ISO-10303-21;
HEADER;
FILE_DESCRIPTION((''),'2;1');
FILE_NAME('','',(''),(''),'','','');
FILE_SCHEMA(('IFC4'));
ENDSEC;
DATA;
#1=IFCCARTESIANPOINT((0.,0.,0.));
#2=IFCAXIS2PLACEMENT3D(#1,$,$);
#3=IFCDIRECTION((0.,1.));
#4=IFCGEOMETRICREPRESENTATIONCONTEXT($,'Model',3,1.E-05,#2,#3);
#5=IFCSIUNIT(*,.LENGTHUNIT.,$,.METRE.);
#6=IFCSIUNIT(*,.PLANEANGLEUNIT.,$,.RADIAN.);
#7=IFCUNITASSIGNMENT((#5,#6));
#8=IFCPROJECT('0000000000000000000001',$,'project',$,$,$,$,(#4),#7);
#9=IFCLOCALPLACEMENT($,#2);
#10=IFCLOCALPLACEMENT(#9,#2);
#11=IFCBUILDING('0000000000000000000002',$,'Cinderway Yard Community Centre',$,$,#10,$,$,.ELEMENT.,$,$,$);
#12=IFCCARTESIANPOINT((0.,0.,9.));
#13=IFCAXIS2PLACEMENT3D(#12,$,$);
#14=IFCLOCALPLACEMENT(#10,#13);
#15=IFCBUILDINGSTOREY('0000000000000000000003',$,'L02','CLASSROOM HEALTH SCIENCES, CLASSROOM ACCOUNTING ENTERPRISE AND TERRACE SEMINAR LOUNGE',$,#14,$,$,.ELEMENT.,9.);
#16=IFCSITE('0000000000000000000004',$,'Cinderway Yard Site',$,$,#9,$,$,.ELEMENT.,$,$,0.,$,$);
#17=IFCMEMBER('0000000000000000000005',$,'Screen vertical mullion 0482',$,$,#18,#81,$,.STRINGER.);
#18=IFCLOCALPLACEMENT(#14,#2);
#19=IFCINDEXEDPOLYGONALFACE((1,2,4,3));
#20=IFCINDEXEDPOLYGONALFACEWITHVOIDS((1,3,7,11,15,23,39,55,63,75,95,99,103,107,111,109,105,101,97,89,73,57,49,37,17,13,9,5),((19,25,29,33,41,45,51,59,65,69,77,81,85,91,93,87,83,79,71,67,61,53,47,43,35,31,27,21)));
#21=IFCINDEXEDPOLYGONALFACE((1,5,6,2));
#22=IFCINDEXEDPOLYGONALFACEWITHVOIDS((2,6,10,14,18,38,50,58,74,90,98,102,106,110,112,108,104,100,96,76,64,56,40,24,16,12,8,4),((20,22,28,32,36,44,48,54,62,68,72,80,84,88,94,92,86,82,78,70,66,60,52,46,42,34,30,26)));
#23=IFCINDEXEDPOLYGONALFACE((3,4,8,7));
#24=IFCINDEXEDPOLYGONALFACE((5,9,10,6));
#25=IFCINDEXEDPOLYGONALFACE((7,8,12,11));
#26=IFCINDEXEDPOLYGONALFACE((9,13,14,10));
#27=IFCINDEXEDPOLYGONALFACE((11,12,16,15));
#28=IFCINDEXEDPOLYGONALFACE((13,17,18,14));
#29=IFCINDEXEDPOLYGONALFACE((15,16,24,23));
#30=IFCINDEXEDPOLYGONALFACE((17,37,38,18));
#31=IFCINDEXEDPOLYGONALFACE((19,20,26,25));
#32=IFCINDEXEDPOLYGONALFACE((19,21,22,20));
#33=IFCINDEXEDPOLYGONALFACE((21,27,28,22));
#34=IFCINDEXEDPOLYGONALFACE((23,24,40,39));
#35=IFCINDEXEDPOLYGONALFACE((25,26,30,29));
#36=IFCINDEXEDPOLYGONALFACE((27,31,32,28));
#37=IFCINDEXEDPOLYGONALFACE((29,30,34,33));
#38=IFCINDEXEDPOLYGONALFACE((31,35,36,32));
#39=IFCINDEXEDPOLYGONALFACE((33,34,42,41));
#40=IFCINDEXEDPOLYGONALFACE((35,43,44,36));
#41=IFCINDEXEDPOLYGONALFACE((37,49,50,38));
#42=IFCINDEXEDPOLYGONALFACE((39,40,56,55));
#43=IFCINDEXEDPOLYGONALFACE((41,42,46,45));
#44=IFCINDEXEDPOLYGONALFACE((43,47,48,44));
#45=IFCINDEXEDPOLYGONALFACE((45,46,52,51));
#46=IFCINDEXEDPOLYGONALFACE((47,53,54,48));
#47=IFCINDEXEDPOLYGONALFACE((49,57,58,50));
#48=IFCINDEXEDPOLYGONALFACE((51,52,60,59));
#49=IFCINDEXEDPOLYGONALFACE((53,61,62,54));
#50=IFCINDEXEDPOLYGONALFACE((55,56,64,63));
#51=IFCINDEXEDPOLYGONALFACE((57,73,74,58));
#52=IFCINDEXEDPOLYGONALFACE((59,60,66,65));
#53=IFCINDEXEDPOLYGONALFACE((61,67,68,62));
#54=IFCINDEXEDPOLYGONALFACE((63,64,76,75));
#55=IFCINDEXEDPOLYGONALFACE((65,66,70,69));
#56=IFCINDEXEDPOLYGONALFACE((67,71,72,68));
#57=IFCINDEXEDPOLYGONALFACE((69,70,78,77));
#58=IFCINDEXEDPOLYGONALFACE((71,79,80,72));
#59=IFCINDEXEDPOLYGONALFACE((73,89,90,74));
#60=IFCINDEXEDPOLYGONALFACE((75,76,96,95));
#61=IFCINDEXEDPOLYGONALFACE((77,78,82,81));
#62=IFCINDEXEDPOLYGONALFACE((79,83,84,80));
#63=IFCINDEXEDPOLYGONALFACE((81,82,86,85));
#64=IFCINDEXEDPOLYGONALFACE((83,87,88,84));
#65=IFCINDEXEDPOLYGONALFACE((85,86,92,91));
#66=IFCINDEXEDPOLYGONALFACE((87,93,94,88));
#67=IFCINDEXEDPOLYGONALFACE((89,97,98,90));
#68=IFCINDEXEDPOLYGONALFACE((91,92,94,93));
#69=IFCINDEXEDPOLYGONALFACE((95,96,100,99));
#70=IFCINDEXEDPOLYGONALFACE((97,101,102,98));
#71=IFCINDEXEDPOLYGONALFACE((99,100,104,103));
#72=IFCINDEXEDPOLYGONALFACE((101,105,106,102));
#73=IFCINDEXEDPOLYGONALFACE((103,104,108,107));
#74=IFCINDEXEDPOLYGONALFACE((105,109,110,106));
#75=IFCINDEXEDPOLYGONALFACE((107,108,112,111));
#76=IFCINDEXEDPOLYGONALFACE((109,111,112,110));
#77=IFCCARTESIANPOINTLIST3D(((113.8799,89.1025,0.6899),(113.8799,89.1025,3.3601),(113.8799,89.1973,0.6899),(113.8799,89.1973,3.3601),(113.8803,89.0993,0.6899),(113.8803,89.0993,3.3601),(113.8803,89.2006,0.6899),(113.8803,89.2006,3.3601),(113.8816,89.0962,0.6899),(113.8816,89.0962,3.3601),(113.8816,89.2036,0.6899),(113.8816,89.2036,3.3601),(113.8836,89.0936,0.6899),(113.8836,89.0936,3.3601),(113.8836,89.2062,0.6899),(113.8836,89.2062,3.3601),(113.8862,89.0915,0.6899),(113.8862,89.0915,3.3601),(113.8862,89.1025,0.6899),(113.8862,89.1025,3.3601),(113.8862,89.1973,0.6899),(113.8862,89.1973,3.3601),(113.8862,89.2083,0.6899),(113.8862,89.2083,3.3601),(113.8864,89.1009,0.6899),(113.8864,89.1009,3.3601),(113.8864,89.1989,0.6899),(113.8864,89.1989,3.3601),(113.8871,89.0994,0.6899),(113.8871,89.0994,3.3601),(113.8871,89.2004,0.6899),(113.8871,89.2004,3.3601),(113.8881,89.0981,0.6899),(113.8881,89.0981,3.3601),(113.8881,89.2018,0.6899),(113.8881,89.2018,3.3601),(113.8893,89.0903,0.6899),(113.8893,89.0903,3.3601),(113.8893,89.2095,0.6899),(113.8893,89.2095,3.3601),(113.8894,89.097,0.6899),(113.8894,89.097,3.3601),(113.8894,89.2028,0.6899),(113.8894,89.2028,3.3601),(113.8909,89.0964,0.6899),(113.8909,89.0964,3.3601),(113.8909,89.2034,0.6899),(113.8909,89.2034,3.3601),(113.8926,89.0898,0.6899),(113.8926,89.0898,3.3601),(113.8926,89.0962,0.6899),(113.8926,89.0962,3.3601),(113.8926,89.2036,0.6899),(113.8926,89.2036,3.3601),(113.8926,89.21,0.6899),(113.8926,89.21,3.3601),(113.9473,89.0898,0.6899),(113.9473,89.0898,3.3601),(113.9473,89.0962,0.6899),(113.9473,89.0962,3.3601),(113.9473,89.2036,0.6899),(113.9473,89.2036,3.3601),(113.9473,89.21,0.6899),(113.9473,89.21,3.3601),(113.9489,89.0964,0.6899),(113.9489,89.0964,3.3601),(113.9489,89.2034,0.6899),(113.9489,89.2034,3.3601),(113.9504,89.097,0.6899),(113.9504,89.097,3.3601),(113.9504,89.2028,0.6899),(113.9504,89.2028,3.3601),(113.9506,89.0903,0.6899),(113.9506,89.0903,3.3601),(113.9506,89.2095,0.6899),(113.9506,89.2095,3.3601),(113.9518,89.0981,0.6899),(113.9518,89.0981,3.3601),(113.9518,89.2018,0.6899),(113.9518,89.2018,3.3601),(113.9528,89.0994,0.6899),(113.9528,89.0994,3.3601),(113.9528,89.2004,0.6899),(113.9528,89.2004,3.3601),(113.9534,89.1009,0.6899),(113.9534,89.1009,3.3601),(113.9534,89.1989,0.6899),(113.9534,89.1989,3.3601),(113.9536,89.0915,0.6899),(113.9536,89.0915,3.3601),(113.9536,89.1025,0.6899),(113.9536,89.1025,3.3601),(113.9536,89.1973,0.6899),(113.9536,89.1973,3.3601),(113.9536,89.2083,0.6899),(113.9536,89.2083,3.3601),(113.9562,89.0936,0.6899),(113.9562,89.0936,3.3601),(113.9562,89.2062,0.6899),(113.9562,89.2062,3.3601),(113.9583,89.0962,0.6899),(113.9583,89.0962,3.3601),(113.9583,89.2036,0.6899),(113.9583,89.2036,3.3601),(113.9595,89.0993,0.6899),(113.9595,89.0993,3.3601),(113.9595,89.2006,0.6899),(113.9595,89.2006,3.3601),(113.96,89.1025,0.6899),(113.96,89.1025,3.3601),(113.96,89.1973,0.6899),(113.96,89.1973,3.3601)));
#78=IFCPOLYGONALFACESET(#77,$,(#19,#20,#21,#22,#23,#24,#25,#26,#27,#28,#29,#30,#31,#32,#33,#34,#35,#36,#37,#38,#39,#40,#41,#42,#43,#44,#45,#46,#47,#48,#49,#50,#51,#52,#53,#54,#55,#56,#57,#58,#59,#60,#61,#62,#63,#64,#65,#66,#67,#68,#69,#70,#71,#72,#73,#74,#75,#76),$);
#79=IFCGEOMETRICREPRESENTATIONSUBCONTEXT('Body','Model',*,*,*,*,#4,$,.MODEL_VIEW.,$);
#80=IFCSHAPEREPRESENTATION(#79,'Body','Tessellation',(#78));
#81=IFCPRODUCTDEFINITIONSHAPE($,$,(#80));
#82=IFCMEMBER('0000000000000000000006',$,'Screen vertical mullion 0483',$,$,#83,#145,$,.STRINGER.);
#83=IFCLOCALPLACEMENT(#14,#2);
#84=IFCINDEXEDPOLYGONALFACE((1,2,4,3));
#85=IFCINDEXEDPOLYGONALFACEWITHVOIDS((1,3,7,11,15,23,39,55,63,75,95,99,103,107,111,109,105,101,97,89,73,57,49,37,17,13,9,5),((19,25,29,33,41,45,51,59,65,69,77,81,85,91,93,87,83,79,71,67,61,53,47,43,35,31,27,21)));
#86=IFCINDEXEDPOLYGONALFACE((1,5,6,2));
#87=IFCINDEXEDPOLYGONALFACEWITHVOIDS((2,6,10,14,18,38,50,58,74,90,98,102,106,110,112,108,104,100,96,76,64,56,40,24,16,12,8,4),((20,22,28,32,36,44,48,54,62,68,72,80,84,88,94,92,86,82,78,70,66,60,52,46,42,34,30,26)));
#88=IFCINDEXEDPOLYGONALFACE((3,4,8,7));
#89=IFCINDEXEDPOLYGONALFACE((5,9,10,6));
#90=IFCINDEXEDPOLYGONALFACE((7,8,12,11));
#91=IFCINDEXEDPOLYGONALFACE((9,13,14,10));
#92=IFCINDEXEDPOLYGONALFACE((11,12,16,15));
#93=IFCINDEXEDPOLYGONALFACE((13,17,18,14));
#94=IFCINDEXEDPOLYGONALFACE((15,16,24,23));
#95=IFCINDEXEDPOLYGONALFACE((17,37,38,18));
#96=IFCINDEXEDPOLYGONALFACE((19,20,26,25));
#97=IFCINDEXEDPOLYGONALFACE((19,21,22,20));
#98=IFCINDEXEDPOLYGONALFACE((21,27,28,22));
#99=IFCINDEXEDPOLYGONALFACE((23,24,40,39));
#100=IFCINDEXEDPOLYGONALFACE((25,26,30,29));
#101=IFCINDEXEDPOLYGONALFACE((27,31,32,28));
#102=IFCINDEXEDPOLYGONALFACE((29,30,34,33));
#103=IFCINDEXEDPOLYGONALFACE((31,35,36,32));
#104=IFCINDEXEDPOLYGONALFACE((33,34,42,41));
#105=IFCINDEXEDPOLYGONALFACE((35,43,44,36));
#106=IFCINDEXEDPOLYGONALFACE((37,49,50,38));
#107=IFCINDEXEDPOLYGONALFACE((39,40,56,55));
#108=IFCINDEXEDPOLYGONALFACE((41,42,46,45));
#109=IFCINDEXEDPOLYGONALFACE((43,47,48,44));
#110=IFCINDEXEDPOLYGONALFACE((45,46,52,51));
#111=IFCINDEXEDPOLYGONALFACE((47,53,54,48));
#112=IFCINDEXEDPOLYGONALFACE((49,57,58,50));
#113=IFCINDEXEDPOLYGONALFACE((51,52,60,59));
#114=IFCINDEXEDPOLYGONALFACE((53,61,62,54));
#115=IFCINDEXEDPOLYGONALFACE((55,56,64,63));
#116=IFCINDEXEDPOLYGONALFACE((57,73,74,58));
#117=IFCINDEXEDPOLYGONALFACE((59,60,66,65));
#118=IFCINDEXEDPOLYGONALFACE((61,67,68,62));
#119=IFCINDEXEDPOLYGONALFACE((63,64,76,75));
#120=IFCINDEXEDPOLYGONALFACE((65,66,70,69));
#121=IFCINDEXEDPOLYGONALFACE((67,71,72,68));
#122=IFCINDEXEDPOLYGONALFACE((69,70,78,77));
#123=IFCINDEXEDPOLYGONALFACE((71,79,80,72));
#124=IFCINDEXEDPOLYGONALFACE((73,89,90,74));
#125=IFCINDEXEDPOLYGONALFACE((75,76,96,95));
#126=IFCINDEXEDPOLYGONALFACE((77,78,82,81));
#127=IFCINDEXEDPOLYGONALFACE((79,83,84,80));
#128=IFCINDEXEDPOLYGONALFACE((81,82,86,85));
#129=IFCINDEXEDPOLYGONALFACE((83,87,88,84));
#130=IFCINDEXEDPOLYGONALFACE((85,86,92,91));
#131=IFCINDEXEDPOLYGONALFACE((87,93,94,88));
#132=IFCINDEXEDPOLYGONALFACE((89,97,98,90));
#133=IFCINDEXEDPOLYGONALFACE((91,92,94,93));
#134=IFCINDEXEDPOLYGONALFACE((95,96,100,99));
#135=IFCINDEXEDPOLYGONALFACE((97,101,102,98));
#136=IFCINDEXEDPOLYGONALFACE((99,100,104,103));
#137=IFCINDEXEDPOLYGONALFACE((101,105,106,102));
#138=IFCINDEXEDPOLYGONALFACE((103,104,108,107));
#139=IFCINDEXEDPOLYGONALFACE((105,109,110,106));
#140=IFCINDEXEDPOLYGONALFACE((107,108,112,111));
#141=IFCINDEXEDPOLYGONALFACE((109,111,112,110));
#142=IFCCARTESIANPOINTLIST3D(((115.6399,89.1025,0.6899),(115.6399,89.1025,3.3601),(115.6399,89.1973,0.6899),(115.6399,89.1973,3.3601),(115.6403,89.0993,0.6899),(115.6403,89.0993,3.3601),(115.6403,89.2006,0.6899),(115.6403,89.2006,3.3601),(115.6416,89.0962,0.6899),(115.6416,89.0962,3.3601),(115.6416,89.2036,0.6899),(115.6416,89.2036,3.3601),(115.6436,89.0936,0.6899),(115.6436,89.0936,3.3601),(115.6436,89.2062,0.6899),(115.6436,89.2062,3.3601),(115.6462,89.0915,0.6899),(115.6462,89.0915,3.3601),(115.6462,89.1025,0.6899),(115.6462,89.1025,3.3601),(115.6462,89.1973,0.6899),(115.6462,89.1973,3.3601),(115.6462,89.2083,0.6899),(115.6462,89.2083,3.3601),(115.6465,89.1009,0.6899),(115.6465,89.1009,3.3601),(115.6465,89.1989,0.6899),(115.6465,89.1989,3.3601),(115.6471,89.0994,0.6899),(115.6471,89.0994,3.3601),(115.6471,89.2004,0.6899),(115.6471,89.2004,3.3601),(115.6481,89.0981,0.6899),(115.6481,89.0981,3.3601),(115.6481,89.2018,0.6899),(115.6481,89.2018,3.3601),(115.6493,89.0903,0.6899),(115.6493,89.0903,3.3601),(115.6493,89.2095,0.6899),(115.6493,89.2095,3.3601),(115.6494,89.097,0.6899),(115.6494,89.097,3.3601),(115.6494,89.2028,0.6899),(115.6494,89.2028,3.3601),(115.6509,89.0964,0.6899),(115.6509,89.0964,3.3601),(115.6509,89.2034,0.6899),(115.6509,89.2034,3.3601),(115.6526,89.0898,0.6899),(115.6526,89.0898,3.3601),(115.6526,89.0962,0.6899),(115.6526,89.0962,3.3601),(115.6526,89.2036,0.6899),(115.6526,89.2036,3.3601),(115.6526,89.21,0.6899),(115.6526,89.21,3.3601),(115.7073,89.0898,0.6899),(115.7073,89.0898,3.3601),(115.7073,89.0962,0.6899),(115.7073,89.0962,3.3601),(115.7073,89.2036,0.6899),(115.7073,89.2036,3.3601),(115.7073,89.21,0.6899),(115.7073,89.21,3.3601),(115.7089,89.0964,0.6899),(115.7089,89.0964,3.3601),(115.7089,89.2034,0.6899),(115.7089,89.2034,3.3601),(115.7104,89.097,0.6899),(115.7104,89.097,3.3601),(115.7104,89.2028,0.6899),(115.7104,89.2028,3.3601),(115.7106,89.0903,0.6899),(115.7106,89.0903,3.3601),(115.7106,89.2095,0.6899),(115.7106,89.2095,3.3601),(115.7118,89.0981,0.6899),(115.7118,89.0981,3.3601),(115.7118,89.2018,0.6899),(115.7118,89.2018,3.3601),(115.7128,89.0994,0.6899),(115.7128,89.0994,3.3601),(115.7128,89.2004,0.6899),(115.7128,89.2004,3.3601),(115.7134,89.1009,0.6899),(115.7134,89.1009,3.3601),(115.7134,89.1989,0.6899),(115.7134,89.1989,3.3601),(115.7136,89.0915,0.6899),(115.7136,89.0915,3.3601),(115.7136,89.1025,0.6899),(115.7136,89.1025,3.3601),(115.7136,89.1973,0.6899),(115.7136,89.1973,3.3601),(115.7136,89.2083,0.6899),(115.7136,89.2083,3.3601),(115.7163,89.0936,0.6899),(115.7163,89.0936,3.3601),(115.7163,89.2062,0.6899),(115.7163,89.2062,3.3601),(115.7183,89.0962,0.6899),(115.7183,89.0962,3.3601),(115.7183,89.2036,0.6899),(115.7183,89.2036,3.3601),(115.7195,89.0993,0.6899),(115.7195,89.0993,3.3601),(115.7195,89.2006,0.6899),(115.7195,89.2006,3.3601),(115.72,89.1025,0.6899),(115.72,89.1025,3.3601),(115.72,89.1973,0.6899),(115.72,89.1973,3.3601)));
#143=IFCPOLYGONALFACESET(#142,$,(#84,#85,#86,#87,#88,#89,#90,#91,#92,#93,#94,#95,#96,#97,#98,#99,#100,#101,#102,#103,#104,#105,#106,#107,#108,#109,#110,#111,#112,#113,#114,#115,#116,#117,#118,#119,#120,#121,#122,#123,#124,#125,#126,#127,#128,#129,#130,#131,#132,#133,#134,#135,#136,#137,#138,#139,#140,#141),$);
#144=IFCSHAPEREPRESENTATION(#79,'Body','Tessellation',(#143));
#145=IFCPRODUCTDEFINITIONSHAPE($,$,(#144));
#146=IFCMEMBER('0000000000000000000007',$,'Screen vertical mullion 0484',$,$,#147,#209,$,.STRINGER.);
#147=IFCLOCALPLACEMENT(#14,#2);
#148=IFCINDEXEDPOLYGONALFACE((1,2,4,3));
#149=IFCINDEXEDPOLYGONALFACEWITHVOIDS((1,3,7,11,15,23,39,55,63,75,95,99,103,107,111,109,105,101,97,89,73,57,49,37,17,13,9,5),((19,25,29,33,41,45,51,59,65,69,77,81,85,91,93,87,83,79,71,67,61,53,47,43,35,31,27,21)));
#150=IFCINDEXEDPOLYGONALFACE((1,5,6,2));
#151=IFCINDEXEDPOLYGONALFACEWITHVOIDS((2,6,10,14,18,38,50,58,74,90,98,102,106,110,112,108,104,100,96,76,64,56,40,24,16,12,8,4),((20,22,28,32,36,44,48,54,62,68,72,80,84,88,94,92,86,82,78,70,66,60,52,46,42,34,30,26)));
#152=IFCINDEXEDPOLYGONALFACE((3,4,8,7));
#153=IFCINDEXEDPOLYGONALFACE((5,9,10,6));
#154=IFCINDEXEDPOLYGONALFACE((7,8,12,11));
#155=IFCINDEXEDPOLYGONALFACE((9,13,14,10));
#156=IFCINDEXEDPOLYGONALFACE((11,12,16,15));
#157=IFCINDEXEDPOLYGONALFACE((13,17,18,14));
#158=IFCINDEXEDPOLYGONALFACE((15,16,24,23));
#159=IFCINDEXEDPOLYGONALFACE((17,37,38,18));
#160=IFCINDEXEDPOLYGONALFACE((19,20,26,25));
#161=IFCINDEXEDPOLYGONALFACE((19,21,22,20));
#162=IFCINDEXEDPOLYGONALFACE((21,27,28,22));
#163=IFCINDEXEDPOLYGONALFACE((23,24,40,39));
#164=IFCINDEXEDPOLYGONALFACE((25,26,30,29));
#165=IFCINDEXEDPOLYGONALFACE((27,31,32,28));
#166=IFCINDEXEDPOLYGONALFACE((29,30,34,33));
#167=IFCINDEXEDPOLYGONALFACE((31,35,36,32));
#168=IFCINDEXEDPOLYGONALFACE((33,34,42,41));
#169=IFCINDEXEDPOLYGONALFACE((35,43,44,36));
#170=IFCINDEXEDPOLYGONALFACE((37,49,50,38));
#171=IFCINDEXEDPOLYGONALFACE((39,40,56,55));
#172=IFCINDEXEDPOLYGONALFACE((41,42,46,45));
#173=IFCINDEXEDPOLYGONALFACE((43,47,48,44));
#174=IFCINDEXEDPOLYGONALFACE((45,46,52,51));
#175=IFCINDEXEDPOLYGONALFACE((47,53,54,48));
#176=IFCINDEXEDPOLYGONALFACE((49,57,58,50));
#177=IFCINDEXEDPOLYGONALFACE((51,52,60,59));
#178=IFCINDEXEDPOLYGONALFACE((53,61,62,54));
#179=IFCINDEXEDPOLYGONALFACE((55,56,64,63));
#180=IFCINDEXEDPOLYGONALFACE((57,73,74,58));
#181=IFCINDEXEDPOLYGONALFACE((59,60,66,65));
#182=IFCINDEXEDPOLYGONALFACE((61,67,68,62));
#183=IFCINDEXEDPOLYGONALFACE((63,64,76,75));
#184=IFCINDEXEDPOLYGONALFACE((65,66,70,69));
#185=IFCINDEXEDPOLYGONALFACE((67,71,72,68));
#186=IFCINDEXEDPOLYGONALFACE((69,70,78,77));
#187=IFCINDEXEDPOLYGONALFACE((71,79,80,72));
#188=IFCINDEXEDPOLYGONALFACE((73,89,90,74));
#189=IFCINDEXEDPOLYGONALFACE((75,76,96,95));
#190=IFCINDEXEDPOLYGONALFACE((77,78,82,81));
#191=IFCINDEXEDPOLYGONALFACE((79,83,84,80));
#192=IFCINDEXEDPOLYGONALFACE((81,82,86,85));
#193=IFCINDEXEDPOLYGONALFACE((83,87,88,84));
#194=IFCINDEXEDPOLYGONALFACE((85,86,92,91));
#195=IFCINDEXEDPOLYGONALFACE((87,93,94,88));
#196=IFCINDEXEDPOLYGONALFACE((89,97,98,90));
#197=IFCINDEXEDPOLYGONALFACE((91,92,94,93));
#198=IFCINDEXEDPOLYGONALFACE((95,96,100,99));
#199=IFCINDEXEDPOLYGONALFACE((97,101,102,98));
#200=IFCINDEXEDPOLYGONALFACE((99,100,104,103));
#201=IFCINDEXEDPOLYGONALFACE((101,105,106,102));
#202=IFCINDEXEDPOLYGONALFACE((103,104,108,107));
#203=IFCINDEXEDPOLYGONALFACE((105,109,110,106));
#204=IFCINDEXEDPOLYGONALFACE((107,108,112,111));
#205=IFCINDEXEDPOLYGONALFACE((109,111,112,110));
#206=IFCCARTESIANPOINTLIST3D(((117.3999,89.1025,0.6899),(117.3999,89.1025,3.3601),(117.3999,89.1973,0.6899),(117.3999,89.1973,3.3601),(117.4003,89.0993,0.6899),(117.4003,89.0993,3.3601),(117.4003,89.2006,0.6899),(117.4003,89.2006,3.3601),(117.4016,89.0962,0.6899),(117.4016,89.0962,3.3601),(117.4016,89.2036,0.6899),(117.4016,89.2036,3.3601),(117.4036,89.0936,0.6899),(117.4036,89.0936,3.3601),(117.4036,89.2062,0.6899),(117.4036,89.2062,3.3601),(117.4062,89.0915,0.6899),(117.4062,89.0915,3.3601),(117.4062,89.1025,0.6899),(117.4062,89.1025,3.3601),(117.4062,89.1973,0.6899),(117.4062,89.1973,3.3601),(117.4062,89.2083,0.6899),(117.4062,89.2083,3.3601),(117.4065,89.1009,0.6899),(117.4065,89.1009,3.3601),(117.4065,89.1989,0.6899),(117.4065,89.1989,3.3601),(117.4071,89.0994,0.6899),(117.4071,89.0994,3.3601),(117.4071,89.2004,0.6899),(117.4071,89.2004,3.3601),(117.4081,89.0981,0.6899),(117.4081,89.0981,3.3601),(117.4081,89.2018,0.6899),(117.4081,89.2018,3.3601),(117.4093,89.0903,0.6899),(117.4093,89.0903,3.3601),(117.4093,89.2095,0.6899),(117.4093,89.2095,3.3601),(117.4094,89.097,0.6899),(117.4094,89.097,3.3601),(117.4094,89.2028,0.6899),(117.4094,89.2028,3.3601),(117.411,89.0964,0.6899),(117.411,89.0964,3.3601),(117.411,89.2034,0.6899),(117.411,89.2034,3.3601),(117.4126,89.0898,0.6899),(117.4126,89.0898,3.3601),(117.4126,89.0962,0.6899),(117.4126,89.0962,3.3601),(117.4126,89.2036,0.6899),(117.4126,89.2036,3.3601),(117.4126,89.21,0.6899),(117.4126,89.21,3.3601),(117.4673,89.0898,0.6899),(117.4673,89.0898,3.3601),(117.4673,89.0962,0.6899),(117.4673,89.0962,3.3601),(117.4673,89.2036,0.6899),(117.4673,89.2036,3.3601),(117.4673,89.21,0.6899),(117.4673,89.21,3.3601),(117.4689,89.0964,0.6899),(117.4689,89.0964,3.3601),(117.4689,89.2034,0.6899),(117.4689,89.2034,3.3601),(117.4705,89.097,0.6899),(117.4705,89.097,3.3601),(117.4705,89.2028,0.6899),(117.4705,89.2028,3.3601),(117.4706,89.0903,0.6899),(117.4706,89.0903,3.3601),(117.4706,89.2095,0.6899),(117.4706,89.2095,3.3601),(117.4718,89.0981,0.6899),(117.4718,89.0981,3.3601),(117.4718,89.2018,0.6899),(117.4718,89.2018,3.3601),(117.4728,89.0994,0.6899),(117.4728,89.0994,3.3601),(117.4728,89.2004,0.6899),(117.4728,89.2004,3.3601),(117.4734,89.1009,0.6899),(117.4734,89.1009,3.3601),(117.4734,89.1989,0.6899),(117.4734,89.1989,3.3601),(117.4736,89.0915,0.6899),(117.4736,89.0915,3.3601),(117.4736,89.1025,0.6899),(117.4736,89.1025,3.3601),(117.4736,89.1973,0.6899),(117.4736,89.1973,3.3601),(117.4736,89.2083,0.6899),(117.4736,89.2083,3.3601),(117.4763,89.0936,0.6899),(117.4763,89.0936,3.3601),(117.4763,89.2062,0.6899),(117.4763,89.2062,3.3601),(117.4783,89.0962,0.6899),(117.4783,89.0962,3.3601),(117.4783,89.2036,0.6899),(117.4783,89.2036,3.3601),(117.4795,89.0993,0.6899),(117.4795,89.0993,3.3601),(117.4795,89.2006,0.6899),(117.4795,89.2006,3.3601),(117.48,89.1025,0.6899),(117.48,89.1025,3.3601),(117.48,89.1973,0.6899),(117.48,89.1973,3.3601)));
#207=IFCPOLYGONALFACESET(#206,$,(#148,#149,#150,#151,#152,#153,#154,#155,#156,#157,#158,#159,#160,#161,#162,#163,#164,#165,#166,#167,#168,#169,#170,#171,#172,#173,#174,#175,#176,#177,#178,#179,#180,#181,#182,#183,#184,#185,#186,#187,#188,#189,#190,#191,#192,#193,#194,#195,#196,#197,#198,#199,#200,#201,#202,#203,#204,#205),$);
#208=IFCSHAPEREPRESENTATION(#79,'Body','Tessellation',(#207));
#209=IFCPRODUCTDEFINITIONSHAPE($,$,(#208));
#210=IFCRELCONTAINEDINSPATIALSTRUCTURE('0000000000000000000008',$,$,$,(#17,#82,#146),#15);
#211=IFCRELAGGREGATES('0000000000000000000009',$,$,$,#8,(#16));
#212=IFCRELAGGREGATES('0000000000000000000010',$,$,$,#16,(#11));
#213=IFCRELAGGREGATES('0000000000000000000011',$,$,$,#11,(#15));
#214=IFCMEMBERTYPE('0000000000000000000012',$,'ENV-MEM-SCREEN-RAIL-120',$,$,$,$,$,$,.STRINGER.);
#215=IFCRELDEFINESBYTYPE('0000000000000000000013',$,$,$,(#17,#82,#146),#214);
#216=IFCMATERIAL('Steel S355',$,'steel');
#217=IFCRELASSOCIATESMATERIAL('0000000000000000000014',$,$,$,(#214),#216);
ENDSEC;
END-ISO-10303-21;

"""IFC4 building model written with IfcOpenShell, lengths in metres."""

from ifc_helpers import new_model, si_unit, direction, frame, origin, origin_2d, place, context, subcontext, project, spatial, hollow_rectangle, extrude, material, material_profile, profile_set, type_object, element, save


model = new_model("IFC4")

# Units and contexts
model_context = context("Model", 3, precision=1e-05, world=origin(), true_north=direction((0.0, 1.0)))
body_context = subcontext(model_context, "Body", "Model", "MODEL_VIEW")
ifc_project = project(units=[si_unit("LENGTHUNIT", "METRE"), si_unit("PLANEANGLEUNIT", "RADIAN")], contexts=[model_context])

# Site, building, storey
site_placement = place(None, origin())
site = spatial("IfcSite", under=ifc_project, at=site_placement, Name="Cinderway Yard Site", CompositionType="ELEMENT", RefElevation=0.0)
building_placement = place(site_placement, origin())
building = spatial("IfcBuilding", under=site, at=building_placement, Name="Cinderway Yard Community Centre", CompositionType="ELEMENT")
storey_placement = place(building_placement, frame((0.0, 0.0, 9.0)))
storey = spatial("IfcBuildingStorey", under=building, at=storey_placement, Name="L02", Description="CLASSROOM HEALTH SCIENCES, CLASSROOM ACCOUNTING ENTERPRISE AND TERRACE SEMINAR LOUNGE", CompositionType="ELEMENT", Elevation=9.0)

# Members
ifc_material_1 = material(Name="Steel S355", Category="steel")
ifc_material_profile = material_profile(ifc_material_1, hollow_rectangle(XDim=0.0801, YDim=0.1201, WallThickness=0.0063, InnerFilletRadius=0.0063, OuterFilletRadius=0.0127, at=origin_2d()), Name="Steel S355")
ifc_profile_set = profile_set([ifc_material_profile], Name="Steel S355")
member_type = type_object("IfcMemberType", Name="ENV-MEM-SCREEN-RAIL-120", PredefinedType="STRINGER", material=ifc_profile_set)
for number, where, z_axis, x_axis, name in (
    (1, (113.9199, 89.1499, 0.6899), (0.0, 0.0, 1.0), (1.0, 0.0, 0.0), "Screen vertical mullion 0482"),
    (2, (115.6799, 89.1499, 0.6899), (0.0, 0.0, 1.0), (1.0, 0.0, 0.0), "Screen vertical mullion 0483"),
    (3, (117.4399, 89.1499, 0.6899), (0.0, 0.0, 1.0), (1.0, 0.0, 0.0), "Screen vertical mullion 0484"),
):
    element("IfcMember", number, at=place(storey_placement, frame(where, z_axis=z_axis, x_axis=x_axis)), inside=storey, type_object=member_type, Name=name, PredefinedType="STRINGER", context=body_context, shape_type="SweptSolid", body=[
        extrude(hollow_rectangle(XDim=0.0801, YDim=0.1201, WallThickness=0.0063, InnerFilletRadius=0.0063, OuterFilletRadius=0.0127, at=origin_2d()), origin(), (0.0, 0.0, 1.0), 2.6702),
    ])

save(model, "model.ifc")
